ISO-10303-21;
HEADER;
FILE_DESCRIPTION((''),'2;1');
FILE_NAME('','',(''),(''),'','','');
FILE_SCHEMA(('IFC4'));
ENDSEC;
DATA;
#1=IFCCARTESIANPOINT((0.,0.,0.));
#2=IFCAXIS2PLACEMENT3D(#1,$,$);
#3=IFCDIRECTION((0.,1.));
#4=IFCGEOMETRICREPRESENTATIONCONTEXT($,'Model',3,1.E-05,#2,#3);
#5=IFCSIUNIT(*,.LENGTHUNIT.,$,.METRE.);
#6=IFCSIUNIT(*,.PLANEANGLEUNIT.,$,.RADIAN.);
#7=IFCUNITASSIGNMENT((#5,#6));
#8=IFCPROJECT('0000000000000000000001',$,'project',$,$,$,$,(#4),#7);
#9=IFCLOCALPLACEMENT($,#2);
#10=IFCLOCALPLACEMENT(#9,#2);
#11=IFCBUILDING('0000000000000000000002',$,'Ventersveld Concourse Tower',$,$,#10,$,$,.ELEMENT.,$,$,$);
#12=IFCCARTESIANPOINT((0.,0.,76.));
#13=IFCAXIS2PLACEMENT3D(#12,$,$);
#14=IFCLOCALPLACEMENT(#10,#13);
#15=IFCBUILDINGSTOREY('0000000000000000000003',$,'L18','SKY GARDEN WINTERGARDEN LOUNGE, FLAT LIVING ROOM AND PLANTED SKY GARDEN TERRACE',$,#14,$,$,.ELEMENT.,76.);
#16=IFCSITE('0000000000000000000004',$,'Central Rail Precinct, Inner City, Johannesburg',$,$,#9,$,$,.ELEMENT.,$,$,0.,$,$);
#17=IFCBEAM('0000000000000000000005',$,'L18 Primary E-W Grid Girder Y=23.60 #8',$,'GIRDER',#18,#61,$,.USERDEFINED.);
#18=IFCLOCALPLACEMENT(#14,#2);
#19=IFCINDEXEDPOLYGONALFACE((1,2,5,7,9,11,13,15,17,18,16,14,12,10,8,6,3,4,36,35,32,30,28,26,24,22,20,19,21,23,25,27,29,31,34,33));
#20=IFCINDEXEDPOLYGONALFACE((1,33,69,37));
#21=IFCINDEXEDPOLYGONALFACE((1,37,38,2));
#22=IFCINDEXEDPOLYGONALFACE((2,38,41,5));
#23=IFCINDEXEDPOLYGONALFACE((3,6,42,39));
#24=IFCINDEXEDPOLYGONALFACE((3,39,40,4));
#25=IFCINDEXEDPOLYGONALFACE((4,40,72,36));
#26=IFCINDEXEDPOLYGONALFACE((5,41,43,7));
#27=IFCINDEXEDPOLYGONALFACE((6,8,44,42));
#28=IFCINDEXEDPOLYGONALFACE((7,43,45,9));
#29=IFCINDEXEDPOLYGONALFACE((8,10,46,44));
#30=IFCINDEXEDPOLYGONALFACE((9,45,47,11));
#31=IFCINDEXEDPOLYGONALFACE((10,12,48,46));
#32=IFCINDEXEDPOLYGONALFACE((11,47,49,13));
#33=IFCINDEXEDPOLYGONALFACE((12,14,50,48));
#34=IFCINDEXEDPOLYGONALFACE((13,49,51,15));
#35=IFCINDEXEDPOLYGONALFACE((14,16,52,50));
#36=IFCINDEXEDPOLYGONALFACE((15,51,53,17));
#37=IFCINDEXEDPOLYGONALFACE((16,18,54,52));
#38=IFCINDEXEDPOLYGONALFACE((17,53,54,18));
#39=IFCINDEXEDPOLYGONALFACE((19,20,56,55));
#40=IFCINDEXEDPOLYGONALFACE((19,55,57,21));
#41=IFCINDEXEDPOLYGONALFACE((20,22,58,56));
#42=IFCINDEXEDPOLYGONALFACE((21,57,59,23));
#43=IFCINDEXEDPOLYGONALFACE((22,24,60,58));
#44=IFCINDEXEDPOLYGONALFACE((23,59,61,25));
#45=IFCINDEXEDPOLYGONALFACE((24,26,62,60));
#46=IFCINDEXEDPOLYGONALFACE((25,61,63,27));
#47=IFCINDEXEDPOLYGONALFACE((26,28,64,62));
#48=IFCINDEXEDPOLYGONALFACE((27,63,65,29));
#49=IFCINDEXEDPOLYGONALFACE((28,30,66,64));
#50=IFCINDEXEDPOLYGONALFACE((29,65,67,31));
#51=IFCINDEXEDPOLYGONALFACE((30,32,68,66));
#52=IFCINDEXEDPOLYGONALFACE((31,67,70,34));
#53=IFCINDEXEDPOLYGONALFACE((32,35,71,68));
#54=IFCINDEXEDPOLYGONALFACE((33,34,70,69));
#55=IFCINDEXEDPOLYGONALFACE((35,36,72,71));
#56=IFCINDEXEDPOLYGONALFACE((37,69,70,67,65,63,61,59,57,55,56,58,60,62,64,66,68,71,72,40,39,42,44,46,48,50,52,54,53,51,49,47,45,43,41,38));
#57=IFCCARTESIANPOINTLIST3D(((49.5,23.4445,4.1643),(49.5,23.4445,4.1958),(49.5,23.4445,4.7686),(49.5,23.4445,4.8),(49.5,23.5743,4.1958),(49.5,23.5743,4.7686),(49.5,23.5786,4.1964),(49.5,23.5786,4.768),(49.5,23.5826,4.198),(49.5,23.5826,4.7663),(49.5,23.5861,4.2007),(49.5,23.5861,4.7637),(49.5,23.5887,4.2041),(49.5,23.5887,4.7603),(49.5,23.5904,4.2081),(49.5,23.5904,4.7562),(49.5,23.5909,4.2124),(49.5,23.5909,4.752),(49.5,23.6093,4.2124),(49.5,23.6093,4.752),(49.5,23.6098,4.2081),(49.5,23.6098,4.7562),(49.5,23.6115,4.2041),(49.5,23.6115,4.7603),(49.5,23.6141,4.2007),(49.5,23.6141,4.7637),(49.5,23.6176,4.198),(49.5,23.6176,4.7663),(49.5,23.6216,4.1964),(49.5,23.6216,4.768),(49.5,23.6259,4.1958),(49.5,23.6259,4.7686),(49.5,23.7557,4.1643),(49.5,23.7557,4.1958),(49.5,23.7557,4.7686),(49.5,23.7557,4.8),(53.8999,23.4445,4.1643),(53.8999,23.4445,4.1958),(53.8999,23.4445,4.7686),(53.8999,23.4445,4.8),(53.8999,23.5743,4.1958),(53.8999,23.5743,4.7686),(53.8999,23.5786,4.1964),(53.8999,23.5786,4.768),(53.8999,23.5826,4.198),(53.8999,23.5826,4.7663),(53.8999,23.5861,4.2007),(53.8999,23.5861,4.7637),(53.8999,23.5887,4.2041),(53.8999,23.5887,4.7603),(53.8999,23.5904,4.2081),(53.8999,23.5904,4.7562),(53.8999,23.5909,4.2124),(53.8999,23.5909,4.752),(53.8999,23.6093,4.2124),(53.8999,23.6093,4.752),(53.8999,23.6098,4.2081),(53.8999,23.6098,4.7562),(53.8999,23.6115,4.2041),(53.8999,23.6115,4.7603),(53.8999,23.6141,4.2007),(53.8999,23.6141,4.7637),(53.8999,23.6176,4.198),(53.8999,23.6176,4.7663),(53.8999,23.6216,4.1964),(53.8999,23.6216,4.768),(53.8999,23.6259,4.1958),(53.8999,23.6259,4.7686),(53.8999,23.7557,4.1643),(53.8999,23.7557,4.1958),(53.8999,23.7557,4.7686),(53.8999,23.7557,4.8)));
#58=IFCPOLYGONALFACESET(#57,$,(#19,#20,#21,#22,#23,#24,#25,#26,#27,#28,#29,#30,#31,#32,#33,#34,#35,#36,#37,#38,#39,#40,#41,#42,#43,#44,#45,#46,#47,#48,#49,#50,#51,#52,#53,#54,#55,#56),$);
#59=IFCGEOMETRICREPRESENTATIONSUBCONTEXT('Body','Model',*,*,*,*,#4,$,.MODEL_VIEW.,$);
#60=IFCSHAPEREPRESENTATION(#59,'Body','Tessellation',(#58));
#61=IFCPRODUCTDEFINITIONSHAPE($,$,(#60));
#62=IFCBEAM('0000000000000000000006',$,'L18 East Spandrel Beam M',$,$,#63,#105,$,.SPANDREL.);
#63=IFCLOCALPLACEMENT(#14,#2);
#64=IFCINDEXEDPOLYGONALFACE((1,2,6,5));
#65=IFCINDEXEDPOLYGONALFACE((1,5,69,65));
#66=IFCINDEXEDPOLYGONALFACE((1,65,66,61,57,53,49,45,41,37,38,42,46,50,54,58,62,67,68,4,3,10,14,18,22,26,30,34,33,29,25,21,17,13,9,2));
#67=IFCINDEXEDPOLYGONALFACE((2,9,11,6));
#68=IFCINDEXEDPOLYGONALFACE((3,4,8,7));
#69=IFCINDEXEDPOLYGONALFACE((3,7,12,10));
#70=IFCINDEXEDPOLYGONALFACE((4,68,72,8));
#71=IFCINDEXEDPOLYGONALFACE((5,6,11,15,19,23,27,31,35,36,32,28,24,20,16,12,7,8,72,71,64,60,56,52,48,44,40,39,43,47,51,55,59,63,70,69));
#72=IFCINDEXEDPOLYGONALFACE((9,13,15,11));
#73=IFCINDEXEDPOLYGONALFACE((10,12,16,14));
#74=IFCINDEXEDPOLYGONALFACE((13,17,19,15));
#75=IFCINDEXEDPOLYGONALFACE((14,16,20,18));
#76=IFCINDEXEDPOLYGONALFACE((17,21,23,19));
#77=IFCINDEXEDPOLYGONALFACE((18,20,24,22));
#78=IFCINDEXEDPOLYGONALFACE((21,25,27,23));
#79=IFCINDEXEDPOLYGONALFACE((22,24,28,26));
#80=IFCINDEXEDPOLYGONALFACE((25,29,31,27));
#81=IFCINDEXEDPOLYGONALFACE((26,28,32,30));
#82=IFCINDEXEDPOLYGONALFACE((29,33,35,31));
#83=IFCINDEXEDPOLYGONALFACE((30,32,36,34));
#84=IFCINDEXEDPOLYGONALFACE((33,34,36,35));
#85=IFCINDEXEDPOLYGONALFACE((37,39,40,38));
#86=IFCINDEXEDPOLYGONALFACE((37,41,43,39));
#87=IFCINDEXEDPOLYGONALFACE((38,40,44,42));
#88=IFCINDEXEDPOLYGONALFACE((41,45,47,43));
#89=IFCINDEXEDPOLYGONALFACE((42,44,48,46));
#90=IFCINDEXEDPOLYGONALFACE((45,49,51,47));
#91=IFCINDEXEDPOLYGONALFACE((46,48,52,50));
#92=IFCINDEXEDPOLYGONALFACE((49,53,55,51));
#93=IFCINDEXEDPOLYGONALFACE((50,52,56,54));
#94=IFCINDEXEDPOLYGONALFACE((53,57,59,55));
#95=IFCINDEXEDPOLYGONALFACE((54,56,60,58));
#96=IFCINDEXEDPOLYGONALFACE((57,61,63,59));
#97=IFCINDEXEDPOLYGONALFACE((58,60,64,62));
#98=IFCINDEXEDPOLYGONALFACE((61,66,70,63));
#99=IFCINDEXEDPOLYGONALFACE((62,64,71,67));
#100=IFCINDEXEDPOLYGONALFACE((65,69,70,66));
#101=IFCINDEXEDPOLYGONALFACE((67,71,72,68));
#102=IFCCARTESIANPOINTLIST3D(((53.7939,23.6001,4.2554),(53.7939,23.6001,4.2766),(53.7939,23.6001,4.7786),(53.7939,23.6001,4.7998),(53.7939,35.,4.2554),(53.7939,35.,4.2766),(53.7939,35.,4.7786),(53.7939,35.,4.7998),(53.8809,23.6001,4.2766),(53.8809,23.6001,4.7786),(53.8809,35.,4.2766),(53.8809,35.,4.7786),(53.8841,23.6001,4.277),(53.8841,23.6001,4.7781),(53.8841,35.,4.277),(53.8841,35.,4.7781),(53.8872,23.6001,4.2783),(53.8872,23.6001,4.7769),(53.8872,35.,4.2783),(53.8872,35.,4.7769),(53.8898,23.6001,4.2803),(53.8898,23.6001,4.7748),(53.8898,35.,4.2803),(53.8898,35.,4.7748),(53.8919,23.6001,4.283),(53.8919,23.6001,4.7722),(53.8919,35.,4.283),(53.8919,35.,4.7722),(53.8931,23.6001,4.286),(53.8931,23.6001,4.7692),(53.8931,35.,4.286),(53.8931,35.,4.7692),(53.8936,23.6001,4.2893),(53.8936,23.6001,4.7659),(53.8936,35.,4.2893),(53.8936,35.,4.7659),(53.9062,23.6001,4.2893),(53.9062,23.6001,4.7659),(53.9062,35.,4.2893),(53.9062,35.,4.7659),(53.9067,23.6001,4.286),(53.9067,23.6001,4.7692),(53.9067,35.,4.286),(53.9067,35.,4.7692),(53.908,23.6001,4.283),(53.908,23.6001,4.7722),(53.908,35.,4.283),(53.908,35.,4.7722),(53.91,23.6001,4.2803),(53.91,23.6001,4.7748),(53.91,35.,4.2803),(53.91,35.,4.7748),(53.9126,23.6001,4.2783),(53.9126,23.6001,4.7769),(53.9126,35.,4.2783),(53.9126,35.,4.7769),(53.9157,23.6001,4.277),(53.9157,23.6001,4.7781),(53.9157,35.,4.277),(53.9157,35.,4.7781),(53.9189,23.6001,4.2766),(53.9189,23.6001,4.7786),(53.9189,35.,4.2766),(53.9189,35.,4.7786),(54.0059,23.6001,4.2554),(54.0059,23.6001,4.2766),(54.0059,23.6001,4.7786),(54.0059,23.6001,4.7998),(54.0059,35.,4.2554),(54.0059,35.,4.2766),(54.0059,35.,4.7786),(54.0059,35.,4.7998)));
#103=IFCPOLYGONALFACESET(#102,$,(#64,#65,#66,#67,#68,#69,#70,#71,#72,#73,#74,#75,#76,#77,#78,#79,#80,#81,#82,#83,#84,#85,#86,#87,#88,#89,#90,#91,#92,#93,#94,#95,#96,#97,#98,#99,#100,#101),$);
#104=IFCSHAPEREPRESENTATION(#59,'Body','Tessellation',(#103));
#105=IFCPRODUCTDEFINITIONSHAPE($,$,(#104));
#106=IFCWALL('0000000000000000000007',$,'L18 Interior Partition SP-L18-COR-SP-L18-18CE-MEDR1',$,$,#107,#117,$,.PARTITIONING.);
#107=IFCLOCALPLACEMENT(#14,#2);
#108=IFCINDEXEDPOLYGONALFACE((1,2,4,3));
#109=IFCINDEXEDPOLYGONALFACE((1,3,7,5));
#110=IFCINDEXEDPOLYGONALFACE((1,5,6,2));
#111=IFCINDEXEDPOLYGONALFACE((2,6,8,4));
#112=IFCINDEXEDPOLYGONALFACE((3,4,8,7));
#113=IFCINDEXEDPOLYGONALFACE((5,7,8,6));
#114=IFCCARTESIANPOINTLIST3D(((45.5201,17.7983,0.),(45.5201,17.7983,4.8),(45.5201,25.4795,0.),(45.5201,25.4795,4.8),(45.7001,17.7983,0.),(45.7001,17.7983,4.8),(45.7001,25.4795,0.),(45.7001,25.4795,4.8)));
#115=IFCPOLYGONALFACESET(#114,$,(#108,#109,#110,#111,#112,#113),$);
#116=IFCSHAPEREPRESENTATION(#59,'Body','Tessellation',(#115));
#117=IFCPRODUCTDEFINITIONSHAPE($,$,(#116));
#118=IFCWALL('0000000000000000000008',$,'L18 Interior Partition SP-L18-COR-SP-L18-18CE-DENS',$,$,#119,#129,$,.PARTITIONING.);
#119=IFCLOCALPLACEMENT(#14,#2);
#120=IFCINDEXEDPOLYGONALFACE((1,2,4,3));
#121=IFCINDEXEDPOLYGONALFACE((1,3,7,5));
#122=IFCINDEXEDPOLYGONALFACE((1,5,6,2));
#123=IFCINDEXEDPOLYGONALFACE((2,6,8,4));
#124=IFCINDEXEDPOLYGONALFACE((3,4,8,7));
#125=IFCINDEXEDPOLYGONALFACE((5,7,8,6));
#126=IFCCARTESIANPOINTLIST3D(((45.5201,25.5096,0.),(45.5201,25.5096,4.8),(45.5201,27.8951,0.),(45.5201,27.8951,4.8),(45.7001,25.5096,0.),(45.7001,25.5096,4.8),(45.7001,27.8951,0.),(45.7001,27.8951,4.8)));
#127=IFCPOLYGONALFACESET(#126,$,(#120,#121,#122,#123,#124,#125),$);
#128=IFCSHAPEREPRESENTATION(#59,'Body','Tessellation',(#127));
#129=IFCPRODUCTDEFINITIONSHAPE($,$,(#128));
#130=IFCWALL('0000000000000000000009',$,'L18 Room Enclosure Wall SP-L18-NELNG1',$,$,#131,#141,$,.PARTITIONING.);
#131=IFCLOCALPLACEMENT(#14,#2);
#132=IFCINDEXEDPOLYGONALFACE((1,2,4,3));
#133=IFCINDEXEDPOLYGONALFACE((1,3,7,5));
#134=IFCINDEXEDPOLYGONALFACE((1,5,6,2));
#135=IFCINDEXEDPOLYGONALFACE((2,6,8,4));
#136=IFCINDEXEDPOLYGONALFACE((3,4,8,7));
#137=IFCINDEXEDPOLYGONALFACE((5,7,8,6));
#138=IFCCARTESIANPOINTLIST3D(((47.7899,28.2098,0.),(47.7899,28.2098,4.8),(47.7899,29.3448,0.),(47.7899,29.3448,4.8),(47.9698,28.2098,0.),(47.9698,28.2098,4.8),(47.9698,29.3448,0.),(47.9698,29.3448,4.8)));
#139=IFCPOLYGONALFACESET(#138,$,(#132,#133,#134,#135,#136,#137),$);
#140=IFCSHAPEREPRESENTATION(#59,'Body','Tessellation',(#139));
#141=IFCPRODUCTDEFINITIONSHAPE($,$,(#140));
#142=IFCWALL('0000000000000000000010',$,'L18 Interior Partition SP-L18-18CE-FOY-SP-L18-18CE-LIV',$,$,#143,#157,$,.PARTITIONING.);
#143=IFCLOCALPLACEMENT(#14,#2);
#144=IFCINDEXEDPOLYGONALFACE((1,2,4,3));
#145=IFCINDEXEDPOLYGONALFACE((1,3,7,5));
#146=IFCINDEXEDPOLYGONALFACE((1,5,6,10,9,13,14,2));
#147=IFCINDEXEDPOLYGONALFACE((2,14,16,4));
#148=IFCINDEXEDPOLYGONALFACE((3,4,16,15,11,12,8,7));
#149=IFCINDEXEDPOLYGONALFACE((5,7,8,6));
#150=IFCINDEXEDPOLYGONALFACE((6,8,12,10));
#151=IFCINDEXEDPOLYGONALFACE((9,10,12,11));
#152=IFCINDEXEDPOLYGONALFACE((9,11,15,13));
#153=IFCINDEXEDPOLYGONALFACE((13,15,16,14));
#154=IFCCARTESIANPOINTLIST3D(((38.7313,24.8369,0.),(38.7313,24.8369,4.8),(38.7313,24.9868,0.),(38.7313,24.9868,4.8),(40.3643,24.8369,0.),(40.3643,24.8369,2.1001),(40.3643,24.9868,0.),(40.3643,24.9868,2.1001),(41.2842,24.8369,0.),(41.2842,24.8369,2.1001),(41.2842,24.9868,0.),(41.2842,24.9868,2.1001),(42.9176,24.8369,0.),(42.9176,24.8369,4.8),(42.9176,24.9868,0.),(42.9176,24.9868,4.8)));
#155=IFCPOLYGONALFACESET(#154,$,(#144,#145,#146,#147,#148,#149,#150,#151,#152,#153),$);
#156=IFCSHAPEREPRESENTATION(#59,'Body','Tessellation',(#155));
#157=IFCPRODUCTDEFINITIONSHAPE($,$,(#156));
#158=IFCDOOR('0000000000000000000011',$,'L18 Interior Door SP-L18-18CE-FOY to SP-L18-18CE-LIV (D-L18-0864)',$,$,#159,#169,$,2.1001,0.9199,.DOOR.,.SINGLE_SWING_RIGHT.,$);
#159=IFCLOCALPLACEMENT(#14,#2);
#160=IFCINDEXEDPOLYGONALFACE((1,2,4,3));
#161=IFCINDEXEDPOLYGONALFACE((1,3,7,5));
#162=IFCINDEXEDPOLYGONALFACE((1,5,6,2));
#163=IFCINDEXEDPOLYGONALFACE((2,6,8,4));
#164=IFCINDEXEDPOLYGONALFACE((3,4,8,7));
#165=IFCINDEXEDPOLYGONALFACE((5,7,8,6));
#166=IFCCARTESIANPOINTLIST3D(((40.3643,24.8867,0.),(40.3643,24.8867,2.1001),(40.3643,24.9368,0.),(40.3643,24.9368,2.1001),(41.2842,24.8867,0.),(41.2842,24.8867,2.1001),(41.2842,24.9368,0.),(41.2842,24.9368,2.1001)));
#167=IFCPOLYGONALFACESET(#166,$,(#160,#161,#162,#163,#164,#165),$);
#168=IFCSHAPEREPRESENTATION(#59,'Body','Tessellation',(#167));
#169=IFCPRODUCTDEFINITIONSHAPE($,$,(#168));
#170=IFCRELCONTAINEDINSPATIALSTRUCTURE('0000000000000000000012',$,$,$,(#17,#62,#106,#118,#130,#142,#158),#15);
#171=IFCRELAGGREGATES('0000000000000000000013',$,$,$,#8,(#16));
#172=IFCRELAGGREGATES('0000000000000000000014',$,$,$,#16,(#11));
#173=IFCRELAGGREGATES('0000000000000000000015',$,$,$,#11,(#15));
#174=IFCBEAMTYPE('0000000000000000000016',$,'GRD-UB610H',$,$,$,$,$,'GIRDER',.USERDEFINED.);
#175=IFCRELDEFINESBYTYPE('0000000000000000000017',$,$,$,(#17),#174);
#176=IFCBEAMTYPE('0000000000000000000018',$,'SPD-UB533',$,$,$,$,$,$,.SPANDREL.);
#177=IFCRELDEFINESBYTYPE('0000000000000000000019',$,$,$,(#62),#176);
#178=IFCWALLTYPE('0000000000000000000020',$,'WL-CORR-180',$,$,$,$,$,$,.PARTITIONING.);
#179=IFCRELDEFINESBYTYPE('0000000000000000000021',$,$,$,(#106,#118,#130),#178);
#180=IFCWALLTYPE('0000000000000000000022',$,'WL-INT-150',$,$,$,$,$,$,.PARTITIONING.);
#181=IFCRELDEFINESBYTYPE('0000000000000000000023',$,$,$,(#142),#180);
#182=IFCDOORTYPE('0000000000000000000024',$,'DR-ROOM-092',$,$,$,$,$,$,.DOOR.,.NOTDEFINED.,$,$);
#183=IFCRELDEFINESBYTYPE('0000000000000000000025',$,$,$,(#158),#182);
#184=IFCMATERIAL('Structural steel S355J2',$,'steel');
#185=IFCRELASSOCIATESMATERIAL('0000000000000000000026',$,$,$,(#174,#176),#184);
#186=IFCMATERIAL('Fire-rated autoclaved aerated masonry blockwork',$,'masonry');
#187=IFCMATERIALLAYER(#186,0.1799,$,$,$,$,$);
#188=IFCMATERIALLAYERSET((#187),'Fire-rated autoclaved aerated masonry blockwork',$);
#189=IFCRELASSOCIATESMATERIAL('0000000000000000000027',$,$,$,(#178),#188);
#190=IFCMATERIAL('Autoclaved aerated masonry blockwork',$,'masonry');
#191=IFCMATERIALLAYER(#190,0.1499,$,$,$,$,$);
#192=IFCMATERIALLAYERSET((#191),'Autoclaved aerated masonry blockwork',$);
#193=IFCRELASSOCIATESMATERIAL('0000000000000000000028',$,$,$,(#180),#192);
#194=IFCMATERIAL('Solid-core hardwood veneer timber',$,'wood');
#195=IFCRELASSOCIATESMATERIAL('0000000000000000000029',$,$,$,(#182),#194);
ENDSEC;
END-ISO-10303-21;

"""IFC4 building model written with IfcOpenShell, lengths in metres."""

from ifc_helpers import new_model, si_unit, direction, frame, frame_2d, origin, origin_2d, place, context, subcontext, project, spatial, rectangle, i_section, extrude, material, layer, layer_set, material_profile, profile_set, type_object, element, fill, save


model = new_model("IFC4")

# Units and contexts
model_context = context("Model", 3, precision=1e-05, world=origin(), true_north=direction((0.0, 1.0)))
body_context = subcontext(model_context, "Body", "Model", "MODEL_VIEW")
ifc_project = project(units=[si_unit("LENGTHUNIT", "METRE"), si_unit("PLANEANGLEUNIT", "RADIAN")], contexts=[model_context])

# Site, building, storey
site_placement = place(None, origin())
site = spatial("IfcSite", under=ifc_project, at=site_placement, Name="Central Rail Precinct, Inner City, Johannesburg", CompositionType="ELEMENT", RefElevation=0.0)
building_placement = place(site_placement, origin())
building = spatial("IfcBuilding", under=site, at=building_placement, Name="Ventersveld Concourse Tower", CompositionType="ELEMENT")
storey_placement = place(building_placement, frame((0.0, 0.0, 76.0)))
storey = spatial("IfcBuildingStorey", under=building, at=storey_placement, Name="L18", Description="SKY GARDEN WINTERGARDEN LOUNGE, FLAT LIVING ROOM AND PLANTED SKY GARDEN TERRACE", CompositionType="ELEMENT", Elevation=76.0)

# Beams
ifc_material_1 = material(Name="Structural steel S355J2", Category="steel")
ifc_material_profile_1 = material_profile(ifc_material_1, i_section(OverallWidth=0.3113, OverallDepth=0.6357, WebThickness=0.0183, FlangeThickness=0.0315, FilletRadius=0.0166, at=origin_2d()), Name="UB 610x305x238")
ifc_profile_set_1 = profile_set([ifc_material_profile_1], Name="Structural steel S355J2")
beam_type_1 = type_object("IfcBeamType", Name="GRD-UB610H", ElementType="GIRDER", PredefinedType="USERDEFINED", material=ifc_profile_set_1)
beam_1_placement = place(storey_placement, frame((49.5, 23.6001, 4.4822), z_axis=(1.0, 0.0, 0.0), x_axis=(0.0, 1.0, 0.0)))
element("IfcBeam", 1, at=beam_1_placement, inside=storey, type_object=beam_type_1, Name="L18 Primary E-W Grid Girder Y=23.60 #8", ObjectType="GIRDER", PredefinedType="USERDEFINED", context=body_context, shape_type="SweptSolid", body=[
    extrude(i_section(OverallWidth=0.3113, OverallDepth=0.6357, WebThickness=0.0183, FlangeThickness=0.0315, FilletRadius=0.0166, at=origin_2d()), origin(), (0.0, 0.0, 1.0), 4.3999),
])
ifc_material_profile_2 = material_profile(ifc_material_1, i_section(OverallWidth=0.2119, OverallDepth=0.5444, WebThickness=0.0127, FlangeThickness=0.0212, FilletRadius=0.0127, at=origin_2d()), Name="UB 533x210x122")
ifc_profile_set_2 = profile_set([ifc_material_profile_2], Name="Structural steel S355J2")
beam_type_2 = type_object("IfcBeamType", Name="SPD-UB533", PredefinedType="SPANDREL", material=ifc_profile_set_2)
beam_2_placement = place(storey_placement, frame((53.8999, 23.6001, 4.5276), z_axis=(0.0, 1.0, 0.0), x_axis=(-1.0, 0.0, 0.0)))
element("IfcBeam", 2, at=beam_2_placement, inside=storey, type_object=beam_type_2, Name="L18 East Spandrel Beam M", PredefinedType="SPANDREL", context=body_context, shape_type="SweptSolid", body=[
    extrude(i_section(OverallWidth=0.2119, OverallDepth=0.5444, WebThickness=0.0127, FlangeThickness=0.0212, FilletRadius=0.0127, at=origin_2d()), origin(), (0.0, 0.0, 1.0), 11.3999),
])

# Walls
ifc_material_2 = material(Name="Fire-rated autoclaved aerated masonry blockwork", Category="masonry")
ifc_layer_1 = layer(ifc_material_2, 0.1799)
ifc_layer_set_1 = layer_set([ifc_layer_1], Name="Fire-rated autoclaved aerated masonry blockwork")
wall_type_1 = type_object("IfcWallType", Name="WL-CORR-180", PredefinedType="PARTITIONING", material=ifc_layer_set_1)
wall_1_placement = place(storey_placement, frame((45.6101, 17.7983, 0.0), z_axis=(0.0, 0.0, 1.0), x_axis=(0.0, 1.0, 0.0)))
element("IfcWall", 3, at=wall_1_placement, inside=storey, type_object=wall_type_1, Name="L18 Interior Partition SP-L18-COR-SP-L18-18CE-MEDR1", PredefinedType="PARTITIONING", context=body_context, shape_type="SweptSolid", body=[
    extrude(rectangle(XDim=7.6812, YDim=0.1799, at=frame_2d((3.8406, 0.0))), origin(), (0.0, 0.0, 1.0), 4.8),
])
wall_2_placement = place(storey_placement, frame((45.6101, 25.5095, 0.0), z_axis=(0.0, 0.0, 1.0), x_axis=(0.0, 1.0, 0.0)))
element("IfcWall", 4, at=wall_2_placement, inside=storey, type_object=wall_type_1, Name="L18 Interior Partition SP-L18-COR-SP-L18-18CE-DENS", PredefinedType="PARTITIONING", context=body_context, shape_type="SweptSolid", body=[
    extrude(rectangle(XDim=2.3855, YDim=0.1799, at=frame_2d((1.1929, 0.0))), origin(), (0.0, 0.0, 1.0), 4.8),
])
wall_3_placement = place(storey_placement, frame((47.8799, 28.21, 0.0), z_axis=(0.0, 0.0, 1.0), x_axis=(0.0, 1.0, 0.0)))
element("IfcWall", 5, at=wall_3_placement, inside=storey, type_object=wall_type_1, Name="L18 Room Enclosure Wall SP-L18-NELNG1", PredefinedType="PARTITIONING", context=body_context, shape_type="SweptSolid", body=[
    extrude(rectangle(XDim=1.135, YDim=0.1799, at=frame_2d((0.5674, 0.0))), origin(), (0.0, 0.0, 1.0), 4.8),
])

# Wall, opening, door
ifc_material_3 = material(Name="Autoclaved aerated masonry blockwork", Category="masonry")
ifc_layer_2 = layer(ifc_material_3, 0.1499)
ifc_layer_set_2 = layer_set([ifc_layer_2], Name="Autoclaved aerated masonry blockwork")
wall_type_2 = type_object("IfcWallType", Name="WL-INT-150", PredefinedType="PARTITIONING", material=ifc_layer_set_2)
wall_4_placement = place(storey_placement, frame((38.7312, 24.9119, 0.0), z_axis=(0.0, 0.0, 1.0), x_axis=(1.0, 0.0, 0.0)))
wall_4 = element("IfcWall", 6, at=wall_4_placement, inside=storey, type_object=wall_type_2, Name="L18 Interior Partition SP-L18-18CE-FOY-SP-L18-18CE-LIV", PredefinedType="PARTITIONING", context=body_context, shape_type="SweptSolid", body=[
    extrude(rectangle(XDim=4.1863, YDim=0.1499, at=frame_2d((2.0933, 0.0))), origin(), (0.0, 0.0, 1.0), 4.8),
])
opening_1_placement = place(wall_4_placement, frame((1.6331, 0.0, 0.0)))
opening_1 = element("IfcOpeningElement", 7, at=opening_1_placement, cuts=wall_4, PredefinedType="OPENING", context=body_context, shape_type="SweptSolid", body=[
    extrude(rectangle(XDim=0.9199, YDim=2.1001, at=frame_2d((0.46, 1.05))), frame((0.0, 0.085, 0.0), z_axis=(0.0, -1.0, 0.0), x_axis=(1.0, 0.0, 0.0)), (0.0, 0.0, 1.0), 0.1699),
])
ifc_material_4 = material(Name="Solid-core hardwood veneer timber", Category="wood")
door_type = type_object("IfcDoorType", Name="DR-ROOM-092", OperationType="NOTDEFINED", PredefinedType="DOOR", material=ifc_material_4)
door_1_placement = place(opening_1_placement, origin())
door_1 = element("IfcDoor", 8, at=door_1_placement, inside=storey, type_object=door_type, Name="L18 Interior Door SP-L18-18CE-FOY to SP-L18-18CE-LIV (D-L18-0864)", OperationType="SINGLE_SWING_RIGHT", OverallHeight=2.1001, OverallWidth=0.9199, PredefinedType="DOOR", context=body_context, shape_type="SweptSolid", body=[
    extrude(rectangle(XDim=0.9199, YDim=2.1001, at=frame_2d((0.46, 1.05))), frame((0.0, 0.0249, 0.0), z_axis=(0.0, -1.0, 0.0), x_axis=(1.0, 0.0, 0.0)), (0.0, 0.0, 1.0), 0.05),
])
fill(opening_1, door_1)

save(model, "model.ifc")
